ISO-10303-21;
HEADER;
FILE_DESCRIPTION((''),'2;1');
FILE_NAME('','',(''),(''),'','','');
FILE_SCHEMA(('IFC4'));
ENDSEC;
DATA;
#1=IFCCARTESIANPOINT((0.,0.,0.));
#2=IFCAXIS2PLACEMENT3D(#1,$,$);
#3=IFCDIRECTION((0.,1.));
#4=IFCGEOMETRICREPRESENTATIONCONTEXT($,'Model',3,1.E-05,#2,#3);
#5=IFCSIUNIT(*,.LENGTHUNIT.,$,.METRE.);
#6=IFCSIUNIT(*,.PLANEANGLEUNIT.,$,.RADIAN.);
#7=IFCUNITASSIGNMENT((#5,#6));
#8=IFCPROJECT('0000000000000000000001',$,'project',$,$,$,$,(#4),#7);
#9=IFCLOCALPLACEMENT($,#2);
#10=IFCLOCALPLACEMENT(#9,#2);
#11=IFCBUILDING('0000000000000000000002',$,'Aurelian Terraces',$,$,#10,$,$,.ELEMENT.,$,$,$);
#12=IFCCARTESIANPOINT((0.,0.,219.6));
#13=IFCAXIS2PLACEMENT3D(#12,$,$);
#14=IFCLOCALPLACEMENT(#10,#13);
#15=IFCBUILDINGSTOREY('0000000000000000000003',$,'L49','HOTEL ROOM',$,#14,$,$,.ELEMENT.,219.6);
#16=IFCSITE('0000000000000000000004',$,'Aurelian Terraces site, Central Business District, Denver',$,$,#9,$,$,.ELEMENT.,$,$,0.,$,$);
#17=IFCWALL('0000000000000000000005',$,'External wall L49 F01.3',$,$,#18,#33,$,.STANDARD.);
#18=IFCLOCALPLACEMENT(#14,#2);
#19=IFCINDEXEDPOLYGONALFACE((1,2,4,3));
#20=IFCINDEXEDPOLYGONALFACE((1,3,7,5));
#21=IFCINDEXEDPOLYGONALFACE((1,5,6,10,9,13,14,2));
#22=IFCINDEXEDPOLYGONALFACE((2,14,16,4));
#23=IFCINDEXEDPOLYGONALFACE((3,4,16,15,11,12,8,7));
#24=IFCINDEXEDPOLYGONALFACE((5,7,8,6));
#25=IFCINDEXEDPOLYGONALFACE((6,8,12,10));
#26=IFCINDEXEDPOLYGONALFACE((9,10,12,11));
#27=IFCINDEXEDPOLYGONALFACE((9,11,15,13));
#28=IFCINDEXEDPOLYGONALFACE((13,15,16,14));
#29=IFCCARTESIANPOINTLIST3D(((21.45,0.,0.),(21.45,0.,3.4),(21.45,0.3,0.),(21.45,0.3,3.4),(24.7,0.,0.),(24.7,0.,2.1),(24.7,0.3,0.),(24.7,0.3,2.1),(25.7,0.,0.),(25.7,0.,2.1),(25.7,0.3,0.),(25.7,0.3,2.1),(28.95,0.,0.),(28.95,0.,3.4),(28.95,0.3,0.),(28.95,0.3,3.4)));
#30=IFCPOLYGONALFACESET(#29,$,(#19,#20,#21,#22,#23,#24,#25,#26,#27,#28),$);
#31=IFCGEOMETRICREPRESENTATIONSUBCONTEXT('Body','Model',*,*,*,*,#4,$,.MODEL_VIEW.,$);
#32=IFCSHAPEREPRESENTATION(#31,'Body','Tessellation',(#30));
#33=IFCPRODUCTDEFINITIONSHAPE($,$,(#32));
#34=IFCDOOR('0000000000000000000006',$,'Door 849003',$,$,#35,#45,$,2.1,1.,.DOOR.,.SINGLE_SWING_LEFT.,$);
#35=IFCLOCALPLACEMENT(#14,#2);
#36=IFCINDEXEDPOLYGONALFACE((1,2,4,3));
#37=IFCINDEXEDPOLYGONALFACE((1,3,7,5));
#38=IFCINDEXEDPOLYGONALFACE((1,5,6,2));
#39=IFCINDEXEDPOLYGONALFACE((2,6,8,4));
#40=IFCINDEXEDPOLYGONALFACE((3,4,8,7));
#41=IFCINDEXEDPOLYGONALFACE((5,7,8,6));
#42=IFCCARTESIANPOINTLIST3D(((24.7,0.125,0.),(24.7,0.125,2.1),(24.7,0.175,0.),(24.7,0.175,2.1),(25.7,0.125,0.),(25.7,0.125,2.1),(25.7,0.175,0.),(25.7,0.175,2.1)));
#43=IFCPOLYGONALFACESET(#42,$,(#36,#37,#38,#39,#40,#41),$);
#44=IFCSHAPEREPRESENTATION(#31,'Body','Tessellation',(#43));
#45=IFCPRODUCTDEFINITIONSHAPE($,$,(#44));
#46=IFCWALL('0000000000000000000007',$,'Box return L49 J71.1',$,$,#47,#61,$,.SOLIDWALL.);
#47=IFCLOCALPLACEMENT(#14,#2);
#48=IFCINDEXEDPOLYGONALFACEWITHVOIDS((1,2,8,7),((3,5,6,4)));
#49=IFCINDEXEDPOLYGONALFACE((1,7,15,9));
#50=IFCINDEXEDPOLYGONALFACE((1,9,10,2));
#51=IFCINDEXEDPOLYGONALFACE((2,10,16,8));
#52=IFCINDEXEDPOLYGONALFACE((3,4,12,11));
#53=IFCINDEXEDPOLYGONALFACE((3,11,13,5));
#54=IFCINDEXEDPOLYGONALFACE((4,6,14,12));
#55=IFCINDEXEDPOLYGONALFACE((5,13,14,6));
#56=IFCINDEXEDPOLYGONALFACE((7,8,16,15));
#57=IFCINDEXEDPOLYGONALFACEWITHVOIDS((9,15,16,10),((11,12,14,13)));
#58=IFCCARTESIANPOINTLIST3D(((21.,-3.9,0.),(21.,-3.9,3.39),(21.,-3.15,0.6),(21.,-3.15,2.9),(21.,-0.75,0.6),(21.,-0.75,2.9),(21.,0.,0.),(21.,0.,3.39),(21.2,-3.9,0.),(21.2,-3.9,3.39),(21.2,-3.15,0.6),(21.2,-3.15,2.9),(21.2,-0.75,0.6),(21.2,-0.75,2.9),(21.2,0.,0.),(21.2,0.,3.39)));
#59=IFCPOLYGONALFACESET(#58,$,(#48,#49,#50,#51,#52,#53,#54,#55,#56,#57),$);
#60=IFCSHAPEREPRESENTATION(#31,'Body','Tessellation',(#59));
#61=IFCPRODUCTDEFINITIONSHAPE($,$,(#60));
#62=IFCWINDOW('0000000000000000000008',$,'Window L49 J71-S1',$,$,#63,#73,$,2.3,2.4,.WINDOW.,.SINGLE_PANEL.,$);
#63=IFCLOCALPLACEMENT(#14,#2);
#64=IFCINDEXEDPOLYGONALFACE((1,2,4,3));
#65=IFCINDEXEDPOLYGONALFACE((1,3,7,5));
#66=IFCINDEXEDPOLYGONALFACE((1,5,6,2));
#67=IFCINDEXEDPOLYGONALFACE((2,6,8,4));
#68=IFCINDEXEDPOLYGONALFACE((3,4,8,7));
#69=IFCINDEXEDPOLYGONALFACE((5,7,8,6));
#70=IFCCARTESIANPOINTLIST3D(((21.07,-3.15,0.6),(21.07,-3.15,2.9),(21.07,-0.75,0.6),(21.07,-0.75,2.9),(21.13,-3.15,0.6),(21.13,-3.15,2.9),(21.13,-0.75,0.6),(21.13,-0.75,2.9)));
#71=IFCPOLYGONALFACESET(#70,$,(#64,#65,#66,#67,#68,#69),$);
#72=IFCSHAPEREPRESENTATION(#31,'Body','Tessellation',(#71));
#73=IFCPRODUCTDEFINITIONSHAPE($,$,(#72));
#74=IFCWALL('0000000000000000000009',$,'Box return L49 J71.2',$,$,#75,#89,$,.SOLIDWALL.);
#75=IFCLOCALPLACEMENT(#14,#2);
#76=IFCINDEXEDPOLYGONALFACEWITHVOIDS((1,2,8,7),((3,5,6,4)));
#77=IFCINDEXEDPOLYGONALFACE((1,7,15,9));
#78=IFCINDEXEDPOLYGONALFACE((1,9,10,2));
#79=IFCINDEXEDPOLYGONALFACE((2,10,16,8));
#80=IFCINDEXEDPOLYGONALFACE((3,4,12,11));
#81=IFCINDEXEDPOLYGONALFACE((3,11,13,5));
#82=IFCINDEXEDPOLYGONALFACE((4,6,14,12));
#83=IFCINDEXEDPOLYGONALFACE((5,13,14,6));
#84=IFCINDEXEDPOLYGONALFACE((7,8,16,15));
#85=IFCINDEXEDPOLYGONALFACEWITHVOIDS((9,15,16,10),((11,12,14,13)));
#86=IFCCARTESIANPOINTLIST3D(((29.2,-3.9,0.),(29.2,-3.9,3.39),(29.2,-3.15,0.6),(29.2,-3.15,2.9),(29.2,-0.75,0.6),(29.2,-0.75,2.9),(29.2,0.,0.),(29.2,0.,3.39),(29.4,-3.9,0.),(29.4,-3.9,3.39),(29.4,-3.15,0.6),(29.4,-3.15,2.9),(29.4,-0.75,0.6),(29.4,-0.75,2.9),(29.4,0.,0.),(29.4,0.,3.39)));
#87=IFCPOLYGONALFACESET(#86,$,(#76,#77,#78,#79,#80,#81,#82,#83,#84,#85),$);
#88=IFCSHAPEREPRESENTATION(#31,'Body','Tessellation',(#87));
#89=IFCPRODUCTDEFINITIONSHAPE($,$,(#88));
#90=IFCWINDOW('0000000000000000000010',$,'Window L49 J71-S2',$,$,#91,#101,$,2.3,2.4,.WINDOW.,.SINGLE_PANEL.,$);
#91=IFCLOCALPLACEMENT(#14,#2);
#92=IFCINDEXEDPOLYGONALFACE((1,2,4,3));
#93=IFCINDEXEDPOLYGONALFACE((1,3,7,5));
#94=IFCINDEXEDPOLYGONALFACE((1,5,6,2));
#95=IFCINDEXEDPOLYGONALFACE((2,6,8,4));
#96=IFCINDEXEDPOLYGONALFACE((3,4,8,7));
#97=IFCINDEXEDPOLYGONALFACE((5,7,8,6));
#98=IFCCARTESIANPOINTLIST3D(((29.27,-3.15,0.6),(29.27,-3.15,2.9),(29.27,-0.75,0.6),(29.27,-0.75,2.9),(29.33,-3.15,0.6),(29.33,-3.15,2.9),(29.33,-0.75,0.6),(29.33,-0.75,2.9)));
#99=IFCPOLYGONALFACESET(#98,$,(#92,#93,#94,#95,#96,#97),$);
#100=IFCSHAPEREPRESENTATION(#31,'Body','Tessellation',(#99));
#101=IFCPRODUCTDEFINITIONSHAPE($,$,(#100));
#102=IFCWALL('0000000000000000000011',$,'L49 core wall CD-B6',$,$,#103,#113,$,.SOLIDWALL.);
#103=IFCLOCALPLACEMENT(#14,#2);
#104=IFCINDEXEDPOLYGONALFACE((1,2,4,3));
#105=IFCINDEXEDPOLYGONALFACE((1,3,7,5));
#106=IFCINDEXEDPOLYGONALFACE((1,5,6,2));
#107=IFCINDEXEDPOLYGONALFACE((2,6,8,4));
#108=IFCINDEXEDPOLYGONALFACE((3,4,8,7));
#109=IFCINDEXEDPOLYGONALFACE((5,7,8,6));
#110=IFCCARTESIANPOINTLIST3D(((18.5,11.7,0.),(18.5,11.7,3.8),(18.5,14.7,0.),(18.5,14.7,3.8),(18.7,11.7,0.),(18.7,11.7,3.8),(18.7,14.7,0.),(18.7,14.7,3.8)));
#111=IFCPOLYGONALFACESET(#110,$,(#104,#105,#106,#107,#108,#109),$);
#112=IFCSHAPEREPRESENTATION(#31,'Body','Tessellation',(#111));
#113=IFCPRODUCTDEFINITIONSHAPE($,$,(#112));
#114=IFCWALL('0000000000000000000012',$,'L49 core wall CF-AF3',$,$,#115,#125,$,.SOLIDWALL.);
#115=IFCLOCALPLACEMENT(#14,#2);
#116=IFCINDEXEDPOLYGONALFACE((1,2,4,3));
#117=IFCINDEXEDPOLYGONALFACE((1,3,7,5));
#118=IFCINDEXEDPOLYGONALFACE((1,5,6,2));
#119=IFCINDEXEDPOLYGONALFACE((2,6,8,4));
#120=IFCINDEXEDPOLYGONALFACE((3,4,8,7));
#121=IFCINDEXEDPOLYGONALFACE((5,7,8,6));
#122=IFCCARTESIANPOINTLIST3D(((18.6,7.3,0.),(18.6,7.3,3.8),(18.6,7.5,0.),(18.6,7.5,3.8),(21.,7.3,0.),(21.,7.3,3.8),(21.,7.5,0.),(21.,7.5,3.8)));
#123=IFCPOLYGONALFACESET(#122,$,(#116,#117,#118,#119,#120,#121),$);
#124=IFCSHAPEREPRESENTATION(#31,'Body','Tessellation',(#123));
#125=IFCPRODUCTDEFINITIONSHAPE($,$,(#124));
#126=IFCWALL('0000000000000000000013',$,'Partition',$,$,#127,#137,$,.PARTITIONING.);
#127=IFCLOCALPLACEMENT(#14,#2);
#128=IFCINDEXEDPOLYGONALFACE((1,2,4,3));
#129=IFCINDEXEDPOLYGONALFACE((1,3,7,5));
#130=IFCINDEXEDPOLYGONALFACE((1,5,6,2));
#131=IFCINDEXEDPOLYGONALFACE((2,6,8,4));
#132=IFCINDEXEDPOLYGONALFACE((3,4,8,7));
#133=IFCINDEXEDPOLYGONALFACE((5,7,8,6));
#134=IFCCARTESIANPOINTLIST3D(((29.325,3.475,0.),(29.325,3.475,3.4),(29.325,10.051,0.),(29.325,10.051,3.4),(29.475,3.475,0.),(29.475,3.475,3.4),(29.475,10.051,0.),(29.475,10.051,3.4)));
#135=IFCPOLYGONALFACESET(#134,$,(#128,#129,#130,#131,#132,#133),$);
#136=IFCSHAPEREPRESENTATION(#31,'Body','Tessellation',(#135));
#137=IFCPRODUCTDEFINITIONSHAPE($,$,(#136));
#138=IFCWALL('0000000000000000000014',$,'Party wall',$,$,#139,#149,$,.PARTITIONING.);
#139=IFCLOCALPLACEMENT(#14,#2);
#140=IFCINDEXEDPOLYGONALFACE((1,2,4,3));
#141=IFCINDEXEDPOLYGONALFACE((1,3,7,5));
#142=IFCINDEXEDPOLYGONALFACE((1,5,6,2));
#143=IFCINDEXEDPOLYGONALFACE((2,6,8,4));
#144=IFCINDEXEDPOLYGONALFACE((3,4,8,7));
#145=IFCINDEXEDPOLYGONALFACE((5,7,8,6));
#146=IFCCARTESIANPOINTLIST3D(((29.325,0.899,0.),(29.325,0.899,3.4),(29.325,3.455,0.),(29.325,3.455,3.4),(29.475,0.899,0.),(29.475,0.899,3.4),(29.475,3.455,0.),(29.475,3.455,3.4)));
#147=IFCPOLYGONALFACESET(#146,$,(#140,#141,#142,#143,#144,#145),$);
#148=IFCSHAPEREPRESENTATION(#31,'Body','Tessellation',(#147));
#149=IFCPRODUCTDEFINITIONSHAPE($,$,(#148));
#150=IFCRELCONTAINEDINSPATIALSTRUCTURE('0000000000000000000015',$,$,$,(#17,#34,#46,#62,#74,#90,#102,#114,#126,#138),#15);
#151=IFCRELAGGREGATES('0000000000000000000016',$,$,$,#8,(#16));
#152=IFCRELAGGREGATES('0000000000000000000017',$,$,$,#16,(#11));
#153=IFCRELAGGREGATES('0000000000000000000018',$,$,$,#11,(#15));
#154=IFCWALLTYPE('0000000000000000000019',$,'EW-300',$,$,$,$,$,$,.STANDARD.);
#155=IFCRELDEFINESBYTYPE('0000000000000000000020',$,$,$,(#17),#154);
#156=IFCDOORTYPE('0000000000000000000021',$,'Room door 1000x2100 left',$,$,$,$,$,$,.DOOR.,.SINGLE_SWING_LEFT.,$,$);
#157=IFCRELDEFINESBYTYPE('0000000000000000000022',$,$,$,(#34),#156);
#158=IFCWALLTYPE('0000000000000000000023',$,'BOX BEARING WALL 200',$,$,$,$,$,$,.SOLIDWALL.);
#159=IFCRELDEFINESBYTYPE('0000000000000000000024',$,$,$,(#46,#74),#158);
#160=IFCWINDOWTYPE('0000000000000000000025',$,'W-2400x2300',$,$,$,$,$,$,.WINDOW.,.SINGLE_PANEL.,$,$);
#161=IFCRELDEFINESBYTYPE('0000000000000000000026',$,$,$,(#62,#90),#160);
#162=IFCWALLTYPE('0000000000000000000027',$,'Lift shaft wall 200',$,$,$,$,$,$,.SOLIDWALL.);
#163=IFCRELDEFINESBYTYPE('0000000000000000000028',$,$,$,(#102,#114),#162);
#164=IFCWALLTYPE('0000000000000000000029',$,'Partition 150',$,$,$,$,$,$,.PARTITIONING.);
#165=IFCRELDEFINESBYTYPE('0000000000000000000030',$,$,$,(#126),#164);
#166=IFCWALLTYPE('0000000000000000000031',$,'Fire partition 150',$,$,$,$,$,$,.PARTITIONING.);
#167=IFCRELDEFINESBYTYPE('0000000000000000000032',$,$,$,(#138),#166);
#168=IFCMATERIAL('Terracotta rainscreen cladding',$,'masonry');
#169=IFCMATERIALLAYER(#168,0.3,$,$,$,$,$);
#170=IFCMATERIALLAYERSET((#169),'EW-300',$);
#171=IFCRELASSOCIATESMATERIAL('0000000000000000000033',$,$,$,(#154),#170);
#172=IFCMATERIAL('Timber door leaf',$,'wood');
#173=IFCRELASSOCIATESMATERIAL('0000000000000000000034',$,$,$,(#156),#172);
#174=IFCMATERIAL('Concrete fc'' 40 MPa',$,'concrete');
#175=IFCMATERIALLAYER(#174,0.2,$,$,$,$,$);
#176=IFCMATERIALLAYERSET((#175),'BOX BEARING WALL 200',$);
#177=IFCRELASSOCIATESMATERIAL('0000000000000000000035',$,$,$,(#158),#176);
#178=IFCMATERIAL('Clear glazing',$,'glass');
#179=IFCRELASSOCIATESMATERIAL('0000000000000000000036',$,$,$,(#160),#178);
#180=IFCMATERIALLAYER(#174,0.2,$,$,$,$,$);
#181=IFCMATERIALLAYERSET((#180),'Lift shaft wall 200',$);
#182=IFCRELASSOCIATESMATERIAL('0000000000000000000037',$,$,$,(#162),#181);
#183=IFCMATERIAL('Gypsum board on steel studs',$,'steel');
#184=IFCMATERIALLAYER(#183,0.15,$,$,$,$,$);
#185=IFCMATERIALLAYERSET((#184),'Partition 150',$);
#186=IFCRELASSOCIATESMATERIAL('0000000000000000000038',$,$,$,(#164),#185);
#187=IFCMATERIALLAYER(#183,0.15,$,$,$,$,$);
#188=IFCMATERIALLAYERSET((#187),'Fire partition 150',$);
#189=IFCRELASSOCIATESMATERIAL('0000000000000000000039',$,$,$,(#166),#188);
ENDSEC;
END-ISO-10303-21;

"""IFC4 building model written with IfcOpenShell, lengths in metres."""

from ifc_helpers import new_model, si_unit, direction, frame, frame_2d, origin, place, context, subcontext, project, spatial, rectangle, extrude, source, transform, mapped, material, layer, layer_set, type_object, element, fill, save


model = new_model("IFC4")

# Units and contexts
model_context = context("Model", 3, precision=1e-05, world=origin(), true_north=direction((0.0, 1.0)))
body_context = subcontext(model_context, "Body", "Model", "MODEL_VIEW")
ifc_project = project(units=[si_unit("LENGTHUNIT", "METRE"), si_unit("PLANEANGLEUNIT", "RADIAN")], contexts=[model_context])

# Site, building, storey
site_placement = place(None, origin())
site = spatial("IfcSite", under=ifc_project, at=site_placement, Name="Aurelian Terraces site, Central Business District, Denver", CompositionType="ELEMENT", RefElevation=0.0)
building_placement = place(site_placement, origin())
building = spatial("IfcBuilding", under=site, at=building_placement, Name="Aurelian Terraces", CompositionType="ELEMENT")
storey_placement = place(building_placement, frame((0.0, 0.0, 219.6)))
storey = spatial("IfcBuildingStorey", under=building, at=storey_placement, Name="L49", Description="HOTEL ROOM", CompositionType="ELEMENT", Elevation=219.6)

# Shared definitions
ifc_material_1 = material(Name="Concrete fc' 40 MPa", Category="concrete")
ifc_material_2 = material(Name="Clear glazing", Category="glass")

# Wall, opening, door
ifc_material_3 = material(Name="Terracotta rainscreen cladding", Category="masonry")
ifc_layer_1 = layer(ifc_material_3, 0.3)
ifc_layer_set_1 = layer_set([ifc_layer_1], Name="EW-300")
wall_type_1 = type_object("IfcWallType", Name="EW-300", PredefinedType="STANDARD", material=ifc_layer_set_1)
shared_shape_1 = source(origin(), body_context, "Body", "SweptSolid", [
    extrude(rectangle(XDim=7.5, YDim=0.3, at=frame_2d((3.75, 0.0))), origin(), (0.0, 0.0, 1.0), 3.4),
])
wall_1_placement = place(storey_placement, frame((21.45, 0.15, 0.0), z_axis=(0.0, 0.0, 1.0), x_axis=(1.0, 0.0, 0.0)))
wall_1 = element("IfcWall", 1, at=wall_1_placement, inside=storey, type_object=wall_type_1, Name="External wall L49 F01.3", PredefinedType="STANDARD", context=body_context, shape_type="MappedRepresentation", body=[
    mapped(shared_shape_1, transform((0.0, 0.0, 0.0), scale=1.0)),
])
shared_shape_2 = source(origin(), body_context, "Body", "SweptSolid", [
    extrude(rectangle(XDim=1.0, YDim=2.1, at=frame_2d((0.5, 1.05))), frame((0.0, 0.16, 0.0), z_axis=(0.0, -1.0, 0.0), x_axis=(1.0, 0.0, 0.0)), (0.0, 0.0, 1.0), 0.32),
])
opening_1_placement = place(wall_1_placement, frame((3.25, 0.0, 0.0)))
opening_1 = element("IfcOpeningElement", 2, at=opening_1_placement, cuts=wall_1, PredefinedType="OPENING", context=body_context, shape_type="MappedRepresentation", body=[
    mapped(shared_shape_2, transform((0.0, 0.0, 0.0), scale=1.0)),
])
ifc_material_4 = material(Name="Timber door leaf", Category="wood")
door_type_1 = type_object("IfcDoorType", Name="Room door 1000x2100 left", OperationType="SINGLE_SWING_LEFT", PredefinedType="DOOR", material=ifc_material_4)
shared_shape_3 = source(origin(), body_context, "Body", "SweptSolid", [
    extrude(rectangle(XDim=1.0, YDim=2.1, at=frame_2d((0.5, 1.05))), frame((0.0, 0.025, 0.0), z_axis=(0.0, -1.0, 0.0), x_axis=(1.0, 0.0, 0.0)), (0.0, 0.0, 1.0), 0.05),
])
door_1_placement = place(opening_1_placement, origin())
door_1 = element("IfcDoor", 3, at=door_1_placement, inside=storey, type_object=door_type_1, Name="Door 849003", OperationType="SINGLE_SWING_LEFT", OverallHeight=2.1, OverallWidth=1.0, PredefinedType="DOOR", context=body_context, shape_type="MappedRepresentation", body=[
    mapped(shared_shape_3, transform((0.0, 0.0, 0.0), scale=1.0)),
])
fill(opening_1, door_1)

# Walls, openings, windows
ifc_layer_2 = layer(ifc_material_1, 0.2)
ifc_layer_set_2 = layer_set([ifc_layer_2], Name="BOX BEARING WALL 200")
wall_type_2 = type_object("IfcWallType", Name="BOX BEARING WALL 200", PredefinedType="SOLIDWALL", material=ifc_layer_set_2)
shared_shape_4 = source(origin(), body_context, "Body", "SweptSolid", [
    extrude(rectangle(XDim=3.9, YDim=0.2, at=frame_2d((1.95, 0.0))), origin(), (0.0, 0.0, 1.0), 3.39),
])
wall_2_placement = place(storey_placement, frame((21.1, 0.0, 0.0), z_axis=(0.0, 0.0, 1.0), x_axis=(0.0, -1.0, 0.0)))
wall_2 = element("IfcWall", 4, at=wall_2_placement, inside=storey, type_object=wall_type_2, Name="Box return L49 J71.1", PredefinedType="SOLIDWALL", context=body_context, shape_type="MappedRepresentation", body=[
    mapped(shared_shape_4, transform((0.0, 0.0, 0.0), scale=1.0)),
])
shared_shape_5 = source(origin(), body_context, "Body", "SweptSolid", [
    extrude(rectangle(XDim=2.4, YDim=2.3, at=frame_2d((1.2, 1.15))), frame((0.0, 0.11, 0.0), z_axis=(0.0, -1.0, 0.0), x_axis=(1.0, 0.0, 0.0)), (0.0, 0.0, 1.0), 0.22),
])
opening_2_placement = place(wall_2_placement, frame((0.75, 0.0, 0.6)))
opening_2 = element("IfcOpeningElement", 5, at=opening_2_placement, cuts=wall_2, PredefinedType="OPENING", context=body_context, shape_type="MappedRepresentation", body=[
    mapped(shared_shape_5, transform((0.0, 0.0, 0.0), scale=1.0)),
])
window_type_1 = type_object("IfcWindowType", Name="W-2400x2300", PartitioningType="SINGLE_PANEL", PredefinedType="WINDOW", material=ifc_material_2)
shared_shape_6 = source(origin(), body_context, "Body", "SweptSolid", [
    extrude(rectangle(XDim=2.4, YDim=2.3, at=frame_2d((1.2, 1.15))), frame((0.0, 0.03, 0.0), z_axis=(0.0, -1.0, 0.0), x_axis=(1.0, 0.0, 0.0)), (0.0, 0.0, 1.0), 0.06),
])
window_1_placement = place(opening_2_placement, origin())
window_1 = element("IfcWindow", 6, at=window_1_placement, inside=storey, type_object=window_type_1, Name="Window L49 J71-S1", OverallHeight=2.3, OverallWidth=2.4, PartitioningType="SINGLE_PANEL", PredefinedType="WINDOW", context=body_context, shape_type="MappedRepresentation", body=[
    mapped(shared_shape_6, transform((0.0, 0.0, 0.0), scale=1.0)),
])
fill(opening_2, window_1)
wall_3_placement = place(storey_placement, frame((29.3, 0.0, 0.0), z_axis=(0.0, 0.0, 1.0), x_axis=(0.0, -1.0, 0.0)))
wall_3 = element("IfcWall", 7, at=wall_3_placement, inside=storey, type_object=wall_type_2, Name="Box return L49 J71.2", PredefinedType="SOLIDWALL", context=body_context, shape_type="MappedRepresentation", body=[
    mapped(shared_shape_4, transform((0.0, 0.0, 0.0), scale=1.0)),
])
opening_3_placement = place(wall_3_placement, frame((0.75, 0.0, 0.6)))
opening_3 = element("IfcOpeningElement", 8, at=opening_3_placement, cuts=wall_3, PredefinedType="OPENING", context=body_context, shape_type="MappedRepresentation", body=[
    mapped(shared_shape_5, transform((0.0, 0.0, 0.0), scale=1.0)),
])
window_2_placement = place(opening_3_placement, origin())
window_2 = element("IfcWindow", 9, at=window_2_placement, inside=storey, type_object=window_type_1, Name="Window L49 J71-S2", OverallHeight=2.3, OverallWidth=2.4, PartitioningType="SINGLE_PANEL", PredefinedType="WINDOW", context=body_context, shape_type="MappedRepresentation", body=[
    mapped(shared_shape_6, transform((0.0, 0.0, 0.0), scale=1.0)),
])
fill(opening_3, window_2)

# Walls
ifc_layer_3 = layer(ifc_material_1, 0.2)
ifc_layer_set_3 = layer_set([ifc_layer_3], Name="Lift shaft wall 200")
wall_type_3 = type_object("IfcWallType", Name="Lift shaft wall 200", PredefinedType="SOLIDWALL", material=ifc_layer_set_3)
shared_shape_7 = source(origin(), body_context, "Body", "SweptSolid", [
    extrude(rectangle(XDim=3.0, YDim=0.2, at=frame_2d((1.5, 0.0))), origin(), (0.0, 0.0, 1.0), 3.8),
])
wall_4_placement = place(storey_placement, frame((18.6, 11.7, 0.0), z_axis=(0.0, 0.0, 1.0), x_axis=(0.0, 1.0, 0.0)))
element("IfcWall", 10, at=wall_4_placement, inside=storey, type_object=wall_type_3, Name="L49 core wall CD-B6", PredefinedType="SOLIDWALL", context=body_context, shape_type="MappedRepresentation", body=[
    mapped(shared_shape_7, transform((0.0, 0.0, 0.0), scale=1.0)),
])
shared_shape_8 = source(origin(), body_context, "Body", "SweptSolid", [
    extrude(rectangle(XDim=2.4, YDim=0.2, at=frame_2d((1.2, 0.0))), origin(), (0.0, 0.0, 1.0), 3.8),
])
wall_5_placement = place(storey_placement, frame((18.6, 7.4, 0.0), z_axis=(0.0, 0.0, 1.0), x_axis=(1.0, 0.0, 0.0)))
element("IfcWall", 11, at=wall_5_placement, inside=storey, type_object=wall_type_3, Name="L49 core wall CF-AF3", PredefinedType="SOLIDWALL", context=body_context, shape_type="MappedRepresentation", body=[
    mapped(shared_shape_8, transform((0.0, 0.0, 0.0), scale=1.0)),
])
ifc_material_5 = material(Name="Gypsum board on steel studs", Category="steel")
ifc_layer_4 = layer(ifc_material_5, 0.15)
ifc_layer_set_4 = layer_set([ifc_layer_4], Name="Partition 150")
wall_type_4 = type_object("IfcWallType", Name="Partition 150", PredefinedType="PARTITIONING", material=ifc_layer_set_4)
shared_shape_9 = source(origin(), body_context, "Body", "SweptSolid", [
    extrude(rectangle(XDim=6.576, YDim=0.15, at=frame_2d((3.288, 0.0))), origin(), (0.0, 0.0, 1.0), 3.4),
])
wall_6_placement = place(storey_placement, frame((29.4, 3.475, 0.0), z_axis=(0.0, 0.0, 1.0), x_axis=(0.0, 1.0, 0.0)))
element("IfcWall", 12, at=wall_6_placement, inside=storey, type_object=wall_type_4, Name="Partition", PredefinedType="PARTITIONING", context=body_context, shape_type="MappedRepresentation", body=[
    mapped(shared_shape_9, transform((0.0, 0.0, 0.0), scale=1.0)),
])
ifc_layer_5 = layer(ifc_material_5, 0.15)
ifc_layer_set_5 = layer_set([ifc_layer_5], Name="Fire partition 150")
wall_type_5 = type_object("IfcWallType", Name="Fire partition 150", PredefinedType="PARTITIONING", material=ifc_layer_set_5)
shared_shape_10 = source(origin(), body_context, "Body", "SweptSolid", [
    extrude(rectangle(XDim=2.556, YDim=0.15, at=frame_2d((1.278, 0.0))), origin(), (0.0, 0.0, 1.0), 3.4),
])
wall_7_placement = place(storey_placement, frame((29.4, 0.899, 0.0), z_axis=(0.0, 0.0, 1.0), x_axis=(0.0, 1.0, 0.0)))
element("IfcWall", 13, at=wall_7_placement, inside=storey, type_object=wall_type_5, Name="Party wall", PredefinedType="PARTITIONING", context=body_context, shape_type="MappedRepresentation", body=[
    mapped(shared_shape_10, transform((0.0, 0.0, 0.0), scale=1.0)),
])

save(model, "model.ifc")
